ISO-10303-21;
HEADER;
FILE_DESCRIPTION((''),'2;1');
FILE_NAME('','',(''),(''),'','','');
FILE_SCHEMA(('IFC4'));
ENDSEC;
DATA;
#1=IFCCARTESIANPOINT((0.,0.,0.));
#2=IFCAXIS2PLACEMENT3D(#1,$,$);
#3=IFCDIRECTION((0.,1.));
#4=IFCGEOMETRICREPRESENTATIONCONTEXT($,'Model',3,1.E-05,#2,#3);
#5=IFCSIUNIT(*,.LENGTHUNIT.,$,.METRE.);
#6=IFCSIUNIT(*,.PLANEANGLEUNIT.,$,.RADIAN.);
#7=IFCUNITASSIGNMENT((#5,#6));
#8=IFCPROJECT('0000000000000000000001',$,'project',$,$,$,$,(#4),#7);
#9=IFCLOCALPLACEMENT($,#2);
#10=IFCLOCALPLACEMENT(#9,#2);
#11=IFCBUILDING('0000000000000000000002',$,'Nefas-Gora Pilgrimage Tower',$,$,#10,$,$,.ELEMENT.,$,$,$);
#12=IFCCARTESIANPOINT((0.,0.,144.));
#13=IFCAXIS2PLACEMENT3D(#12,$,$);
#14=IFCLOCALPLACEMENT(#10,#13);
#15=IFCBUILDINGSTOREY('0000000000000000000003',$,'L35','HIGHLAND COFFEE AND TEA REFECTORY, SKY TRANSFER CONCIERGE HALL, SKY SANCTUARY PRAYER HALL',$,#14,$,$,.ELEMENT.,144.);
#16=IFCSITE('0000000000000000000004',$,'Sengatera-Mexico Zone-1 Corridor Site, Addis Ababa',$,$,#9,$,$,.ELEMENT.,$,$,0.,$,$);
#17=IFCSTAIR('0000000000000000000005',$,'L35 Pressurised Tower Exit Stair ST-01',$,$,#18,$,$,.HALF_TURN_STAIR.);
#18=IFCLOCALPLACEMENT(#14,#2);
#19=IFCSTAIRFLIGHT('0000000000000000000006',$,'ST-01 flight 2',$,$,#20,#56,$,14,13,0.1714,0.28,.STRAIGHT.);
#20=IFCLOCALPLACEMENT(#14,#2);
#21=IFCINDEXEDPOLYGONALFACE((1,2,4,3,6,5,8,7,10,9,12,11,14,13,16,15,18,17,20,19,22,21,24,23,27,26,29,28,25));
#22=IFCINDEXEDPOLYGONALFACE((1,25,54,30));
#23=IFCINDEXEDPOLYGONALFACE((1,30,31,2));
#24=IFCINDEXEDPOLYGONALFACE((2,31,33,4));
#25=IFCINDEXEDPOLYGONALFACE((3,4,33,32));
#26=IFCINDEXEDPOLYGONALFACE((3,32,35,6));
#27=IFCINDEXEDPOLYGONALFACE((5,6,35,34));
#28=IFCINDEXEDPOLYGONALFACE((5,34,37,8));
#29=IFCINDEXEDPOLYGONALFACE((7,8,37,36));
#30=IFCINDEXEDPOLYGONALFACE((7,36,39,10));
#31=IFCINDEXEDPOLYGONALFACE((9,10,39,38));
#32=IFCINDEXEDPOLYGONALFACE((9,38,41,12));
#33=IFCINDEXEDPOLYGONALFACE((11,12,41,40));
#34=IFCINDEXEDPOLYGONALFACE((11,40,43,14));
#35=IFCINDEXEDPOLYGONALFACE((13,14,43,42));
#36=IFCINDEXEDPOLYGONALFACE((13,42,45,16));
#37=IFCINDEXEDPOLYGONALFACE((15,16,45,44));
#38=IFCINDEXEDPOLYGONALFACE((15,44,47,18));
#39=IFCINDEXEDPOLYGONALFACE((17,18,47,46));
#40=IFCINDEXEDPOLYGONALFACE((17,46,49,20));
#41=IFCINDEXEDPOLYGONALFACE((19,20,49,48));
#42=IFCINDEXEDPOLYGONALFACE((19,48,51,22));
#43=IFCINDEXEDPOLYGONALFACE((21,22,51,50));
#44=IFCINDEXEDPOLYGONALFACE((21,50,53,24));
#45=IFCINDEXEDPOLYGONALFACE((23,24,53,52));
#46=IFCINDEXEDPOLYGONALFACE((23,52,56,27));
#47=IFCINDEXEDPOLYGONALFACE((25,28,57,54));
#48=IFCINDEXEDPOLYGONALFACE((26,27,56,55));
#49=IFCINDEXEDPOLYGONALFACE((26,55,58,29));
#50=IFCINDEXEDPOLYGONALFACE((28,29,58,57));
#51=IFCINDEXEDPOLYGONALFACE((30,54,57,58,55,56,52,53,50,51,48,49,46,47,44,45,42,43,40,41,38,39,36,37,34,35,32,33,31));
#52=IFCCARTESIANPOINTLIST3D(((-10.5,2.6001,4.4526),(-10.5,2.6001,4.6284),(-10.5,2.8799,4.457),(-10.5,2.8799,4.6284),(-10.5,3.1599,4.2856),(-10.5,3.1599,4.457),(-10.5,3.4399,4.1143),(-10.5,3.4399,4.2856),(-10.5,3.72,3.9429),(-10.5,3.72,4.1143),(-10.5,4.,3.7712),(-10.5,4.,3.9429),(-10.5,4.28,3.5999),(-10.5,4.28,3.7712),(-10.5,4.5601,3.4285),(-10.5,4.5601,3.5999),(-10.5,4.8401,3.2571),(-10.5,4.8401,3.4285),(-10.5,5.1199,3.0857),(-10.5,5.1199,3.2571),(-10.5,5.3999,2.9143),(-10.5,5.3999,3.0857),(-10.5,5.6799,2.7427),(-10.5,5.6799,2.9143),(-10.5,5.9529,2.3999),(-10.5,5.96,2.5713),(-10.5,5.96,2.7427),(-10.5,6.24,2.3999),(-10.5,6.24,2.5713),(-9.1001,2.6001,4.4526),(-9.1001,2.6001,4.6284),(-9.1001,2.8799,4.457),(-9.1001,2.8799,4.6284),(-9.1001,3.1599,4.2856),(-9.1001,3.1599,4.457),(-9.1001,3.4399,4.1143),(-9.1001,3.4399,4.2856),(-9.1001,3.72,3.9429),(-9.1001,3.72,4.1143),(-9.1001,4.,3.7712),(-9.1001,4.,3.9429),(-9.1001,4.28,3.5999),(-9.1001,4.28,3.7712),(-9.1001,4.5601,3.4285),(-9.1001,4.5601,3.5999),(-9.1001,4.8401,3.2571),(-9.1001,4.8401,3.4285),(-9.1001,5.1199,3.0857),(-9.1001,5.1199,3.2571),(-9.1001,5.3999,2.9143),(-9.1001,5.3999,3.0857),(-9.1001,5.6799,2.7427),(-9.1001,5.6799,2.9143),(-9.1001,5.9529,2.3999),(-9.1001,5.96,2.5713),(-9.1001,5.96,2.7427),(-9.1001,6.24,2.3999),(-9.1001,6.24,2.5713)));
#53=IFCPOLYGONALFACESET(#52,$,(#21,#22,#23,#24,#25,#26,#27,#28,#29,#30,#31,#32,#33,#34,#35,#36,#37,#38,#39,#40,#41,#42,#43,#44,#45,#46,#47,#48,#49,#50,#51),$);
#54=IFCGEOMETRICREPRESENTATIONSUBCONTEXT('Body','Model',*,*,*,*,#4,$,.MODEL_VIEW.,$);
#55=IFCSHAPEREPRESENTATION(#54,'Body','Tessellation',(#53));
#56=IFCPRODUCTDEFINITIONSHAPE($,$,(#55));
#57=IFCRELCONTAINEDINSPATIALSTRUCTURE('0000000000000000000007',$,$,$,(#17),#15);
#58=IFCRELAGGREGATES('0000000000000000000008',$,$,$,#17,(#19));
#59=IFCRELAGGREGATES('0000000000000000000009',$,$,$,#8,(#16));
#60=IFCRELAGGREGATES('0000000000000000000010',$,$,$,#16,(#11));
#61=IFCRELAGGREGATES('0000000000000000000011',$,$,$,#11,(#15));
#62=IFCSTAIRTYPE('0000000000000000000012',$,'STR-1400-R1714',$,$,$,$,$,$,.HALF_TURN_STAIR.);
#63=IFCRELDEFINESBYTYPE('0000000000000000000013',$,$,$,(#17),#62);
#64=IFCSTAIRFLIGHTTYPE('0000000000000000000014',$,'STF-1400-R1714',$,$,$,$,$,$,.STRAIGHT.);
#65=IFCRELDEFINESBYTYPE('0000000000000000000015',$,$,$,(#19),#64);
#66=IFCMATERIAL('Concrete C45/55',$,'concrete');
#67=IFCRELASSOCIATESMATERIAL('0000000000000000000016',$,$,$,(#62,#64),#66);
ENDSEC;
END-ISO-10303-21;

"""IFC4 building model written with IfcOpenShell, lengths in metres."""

from ifc_helpers import new_model, si_unit, direction, frame, origin, place, context, subcontext, project, spatial, polyline, outline, extrude, source, transform, mapped, material, type_object, element, aggregate, save


model = new_model("IFC4")

# Units and contexts
model_context = context("Model", 3, precision=1e-05, world=origin(), true_north=direction((0.0, 1.0)))
body_context = subcontext(model_context, "Body", "Model", "MODEL_VIEW")
ifc_project = project(units=[si_unit("LENGTHUNIT", "METRE"), si_unit("PLANEANGLEUNIT", "RADIAN")], contexts=[model_context])

# Site, building, storey
site_placement = place(None, origin())
site = spatial("IfcSite", under=ifc_project, at=site_placement, Name="Sengatera-Mexico Zone-1 Corridor Site, Addis Ababa", CompositionType="ELEMENT", RefElevation=0.0)
building_placement = place(site_placement, origin())
building = spatial("IfcBuilding", under=site, at=building_placement, Name="Nefas-Gora Pilgrimage Tower", CompositionType="ELEMENT")
storey_placement = place(building_placement, frame((0.0, 0.0, 144.0)))
storey = spatial("IfcBuildingStorey", under=building, at=storey_placement, Name="L35", Description="HIGHLAND COFFEE AND TEA REFECTORY, SKY TRANSFER CONCIERGE HALL, SKY SANCTUARY PRAYER HALL", CompositionType="ELEMENT", Elevation=144.0)

# Shared definitions
ifc_material_1 = material(Name="Concrete C45/55", Category="concrete")

# Stair
stair_type = type_object("IfcStairType", Name="STR-1400-R1714", PredefinedType="HALF_TURN_STAIR", material=ifc_material_1)
stair_1_placement = place(storey_placement, origin())
stair_1 = element("IfcStair", 1, at=stair_1_placement, inside=storey, type_object=stair_type, Name="L35 Pressurised Tower Exit Stair ST-01", PredefinedType="HALF_TURN_STAIR")

# Stair flight
stair_flight_type = type_object("IfcStairFlightType", Name="STF-1400-R1714", PredefinedType="STRAIGHT", material=ifc_material_1)
shared_shape_1 = source(origin(), body_context, "Body", "SweptSolid", [
    extrude(outline(polyline([(0.0, 0.0), (0.0, 0.1714), (0.28, 0.1714), (0.28, 0.3428), (0.5601, 0.3428), (0.5601, 0.5144), (0.8401, 0.5144), (0.8401, 0.6858), (1.1201, 0.6858), (1.1201, 0.8572), (1.3999, 0.8572), (1.3999, 1.0286), (1.6799, 1.0286), (1.6799, 1.2), (1.96, 1.2), (1.96, 1.3713), (2.24, 1.3713), (2.24, 1.543), (2.52, 1.543), (2.52, 1.7144), (2.8, 1.7144), (2.8, 1.8857), (3.0801, 1.8857), (3.0801, 2.0571), (3.3601, 2.0571), (3.3601, 2.2285), (3.6399, 2.2285), (3.6399, 2.3999), (3.6399, 2.0527), (0.2871, 0.0), (0.0, 0.0)])), frame((0.0, 0.7, 0.0), z_axis=(0.0, -1.0, 0.0), x_axis=(1.0, 0.0, 0.0)), (0.0, 0.0, 1.0), 1.3999),
])
stair_flight_1_placement = place(storey_placement, frame((-9.8, 6.24, 2.3999), z_axis=(0.0, 0.0, 1.0), x_axis=(0.0, -1.0, 0.0)))
stair_flight_1 = element("IfcStairFlight", 2, at=stair_flight_1_placement, type_object=stair_flight_type, Name="ST-01 flight 2", NumberOfRisers=14, NumberOfTreads=13, PredefinedType="STRAIGHT", RiserHeight=0.1714, TreadLength=0.28, context=body_context, shape_type="MappedRepresentation", body=[
    mapped(shared_shape_1, transform((0.0, 0.0, 0.0), x_axis=(1.0, 0.0, 0.0), y_axis=(0.0, 1.0, 0.0), z_axis=(0.0, 0.0, 1.0), scale=1.0)),
])
aggregate(stair_1, [stair_flight_1])

save(model, "model.ifc")
